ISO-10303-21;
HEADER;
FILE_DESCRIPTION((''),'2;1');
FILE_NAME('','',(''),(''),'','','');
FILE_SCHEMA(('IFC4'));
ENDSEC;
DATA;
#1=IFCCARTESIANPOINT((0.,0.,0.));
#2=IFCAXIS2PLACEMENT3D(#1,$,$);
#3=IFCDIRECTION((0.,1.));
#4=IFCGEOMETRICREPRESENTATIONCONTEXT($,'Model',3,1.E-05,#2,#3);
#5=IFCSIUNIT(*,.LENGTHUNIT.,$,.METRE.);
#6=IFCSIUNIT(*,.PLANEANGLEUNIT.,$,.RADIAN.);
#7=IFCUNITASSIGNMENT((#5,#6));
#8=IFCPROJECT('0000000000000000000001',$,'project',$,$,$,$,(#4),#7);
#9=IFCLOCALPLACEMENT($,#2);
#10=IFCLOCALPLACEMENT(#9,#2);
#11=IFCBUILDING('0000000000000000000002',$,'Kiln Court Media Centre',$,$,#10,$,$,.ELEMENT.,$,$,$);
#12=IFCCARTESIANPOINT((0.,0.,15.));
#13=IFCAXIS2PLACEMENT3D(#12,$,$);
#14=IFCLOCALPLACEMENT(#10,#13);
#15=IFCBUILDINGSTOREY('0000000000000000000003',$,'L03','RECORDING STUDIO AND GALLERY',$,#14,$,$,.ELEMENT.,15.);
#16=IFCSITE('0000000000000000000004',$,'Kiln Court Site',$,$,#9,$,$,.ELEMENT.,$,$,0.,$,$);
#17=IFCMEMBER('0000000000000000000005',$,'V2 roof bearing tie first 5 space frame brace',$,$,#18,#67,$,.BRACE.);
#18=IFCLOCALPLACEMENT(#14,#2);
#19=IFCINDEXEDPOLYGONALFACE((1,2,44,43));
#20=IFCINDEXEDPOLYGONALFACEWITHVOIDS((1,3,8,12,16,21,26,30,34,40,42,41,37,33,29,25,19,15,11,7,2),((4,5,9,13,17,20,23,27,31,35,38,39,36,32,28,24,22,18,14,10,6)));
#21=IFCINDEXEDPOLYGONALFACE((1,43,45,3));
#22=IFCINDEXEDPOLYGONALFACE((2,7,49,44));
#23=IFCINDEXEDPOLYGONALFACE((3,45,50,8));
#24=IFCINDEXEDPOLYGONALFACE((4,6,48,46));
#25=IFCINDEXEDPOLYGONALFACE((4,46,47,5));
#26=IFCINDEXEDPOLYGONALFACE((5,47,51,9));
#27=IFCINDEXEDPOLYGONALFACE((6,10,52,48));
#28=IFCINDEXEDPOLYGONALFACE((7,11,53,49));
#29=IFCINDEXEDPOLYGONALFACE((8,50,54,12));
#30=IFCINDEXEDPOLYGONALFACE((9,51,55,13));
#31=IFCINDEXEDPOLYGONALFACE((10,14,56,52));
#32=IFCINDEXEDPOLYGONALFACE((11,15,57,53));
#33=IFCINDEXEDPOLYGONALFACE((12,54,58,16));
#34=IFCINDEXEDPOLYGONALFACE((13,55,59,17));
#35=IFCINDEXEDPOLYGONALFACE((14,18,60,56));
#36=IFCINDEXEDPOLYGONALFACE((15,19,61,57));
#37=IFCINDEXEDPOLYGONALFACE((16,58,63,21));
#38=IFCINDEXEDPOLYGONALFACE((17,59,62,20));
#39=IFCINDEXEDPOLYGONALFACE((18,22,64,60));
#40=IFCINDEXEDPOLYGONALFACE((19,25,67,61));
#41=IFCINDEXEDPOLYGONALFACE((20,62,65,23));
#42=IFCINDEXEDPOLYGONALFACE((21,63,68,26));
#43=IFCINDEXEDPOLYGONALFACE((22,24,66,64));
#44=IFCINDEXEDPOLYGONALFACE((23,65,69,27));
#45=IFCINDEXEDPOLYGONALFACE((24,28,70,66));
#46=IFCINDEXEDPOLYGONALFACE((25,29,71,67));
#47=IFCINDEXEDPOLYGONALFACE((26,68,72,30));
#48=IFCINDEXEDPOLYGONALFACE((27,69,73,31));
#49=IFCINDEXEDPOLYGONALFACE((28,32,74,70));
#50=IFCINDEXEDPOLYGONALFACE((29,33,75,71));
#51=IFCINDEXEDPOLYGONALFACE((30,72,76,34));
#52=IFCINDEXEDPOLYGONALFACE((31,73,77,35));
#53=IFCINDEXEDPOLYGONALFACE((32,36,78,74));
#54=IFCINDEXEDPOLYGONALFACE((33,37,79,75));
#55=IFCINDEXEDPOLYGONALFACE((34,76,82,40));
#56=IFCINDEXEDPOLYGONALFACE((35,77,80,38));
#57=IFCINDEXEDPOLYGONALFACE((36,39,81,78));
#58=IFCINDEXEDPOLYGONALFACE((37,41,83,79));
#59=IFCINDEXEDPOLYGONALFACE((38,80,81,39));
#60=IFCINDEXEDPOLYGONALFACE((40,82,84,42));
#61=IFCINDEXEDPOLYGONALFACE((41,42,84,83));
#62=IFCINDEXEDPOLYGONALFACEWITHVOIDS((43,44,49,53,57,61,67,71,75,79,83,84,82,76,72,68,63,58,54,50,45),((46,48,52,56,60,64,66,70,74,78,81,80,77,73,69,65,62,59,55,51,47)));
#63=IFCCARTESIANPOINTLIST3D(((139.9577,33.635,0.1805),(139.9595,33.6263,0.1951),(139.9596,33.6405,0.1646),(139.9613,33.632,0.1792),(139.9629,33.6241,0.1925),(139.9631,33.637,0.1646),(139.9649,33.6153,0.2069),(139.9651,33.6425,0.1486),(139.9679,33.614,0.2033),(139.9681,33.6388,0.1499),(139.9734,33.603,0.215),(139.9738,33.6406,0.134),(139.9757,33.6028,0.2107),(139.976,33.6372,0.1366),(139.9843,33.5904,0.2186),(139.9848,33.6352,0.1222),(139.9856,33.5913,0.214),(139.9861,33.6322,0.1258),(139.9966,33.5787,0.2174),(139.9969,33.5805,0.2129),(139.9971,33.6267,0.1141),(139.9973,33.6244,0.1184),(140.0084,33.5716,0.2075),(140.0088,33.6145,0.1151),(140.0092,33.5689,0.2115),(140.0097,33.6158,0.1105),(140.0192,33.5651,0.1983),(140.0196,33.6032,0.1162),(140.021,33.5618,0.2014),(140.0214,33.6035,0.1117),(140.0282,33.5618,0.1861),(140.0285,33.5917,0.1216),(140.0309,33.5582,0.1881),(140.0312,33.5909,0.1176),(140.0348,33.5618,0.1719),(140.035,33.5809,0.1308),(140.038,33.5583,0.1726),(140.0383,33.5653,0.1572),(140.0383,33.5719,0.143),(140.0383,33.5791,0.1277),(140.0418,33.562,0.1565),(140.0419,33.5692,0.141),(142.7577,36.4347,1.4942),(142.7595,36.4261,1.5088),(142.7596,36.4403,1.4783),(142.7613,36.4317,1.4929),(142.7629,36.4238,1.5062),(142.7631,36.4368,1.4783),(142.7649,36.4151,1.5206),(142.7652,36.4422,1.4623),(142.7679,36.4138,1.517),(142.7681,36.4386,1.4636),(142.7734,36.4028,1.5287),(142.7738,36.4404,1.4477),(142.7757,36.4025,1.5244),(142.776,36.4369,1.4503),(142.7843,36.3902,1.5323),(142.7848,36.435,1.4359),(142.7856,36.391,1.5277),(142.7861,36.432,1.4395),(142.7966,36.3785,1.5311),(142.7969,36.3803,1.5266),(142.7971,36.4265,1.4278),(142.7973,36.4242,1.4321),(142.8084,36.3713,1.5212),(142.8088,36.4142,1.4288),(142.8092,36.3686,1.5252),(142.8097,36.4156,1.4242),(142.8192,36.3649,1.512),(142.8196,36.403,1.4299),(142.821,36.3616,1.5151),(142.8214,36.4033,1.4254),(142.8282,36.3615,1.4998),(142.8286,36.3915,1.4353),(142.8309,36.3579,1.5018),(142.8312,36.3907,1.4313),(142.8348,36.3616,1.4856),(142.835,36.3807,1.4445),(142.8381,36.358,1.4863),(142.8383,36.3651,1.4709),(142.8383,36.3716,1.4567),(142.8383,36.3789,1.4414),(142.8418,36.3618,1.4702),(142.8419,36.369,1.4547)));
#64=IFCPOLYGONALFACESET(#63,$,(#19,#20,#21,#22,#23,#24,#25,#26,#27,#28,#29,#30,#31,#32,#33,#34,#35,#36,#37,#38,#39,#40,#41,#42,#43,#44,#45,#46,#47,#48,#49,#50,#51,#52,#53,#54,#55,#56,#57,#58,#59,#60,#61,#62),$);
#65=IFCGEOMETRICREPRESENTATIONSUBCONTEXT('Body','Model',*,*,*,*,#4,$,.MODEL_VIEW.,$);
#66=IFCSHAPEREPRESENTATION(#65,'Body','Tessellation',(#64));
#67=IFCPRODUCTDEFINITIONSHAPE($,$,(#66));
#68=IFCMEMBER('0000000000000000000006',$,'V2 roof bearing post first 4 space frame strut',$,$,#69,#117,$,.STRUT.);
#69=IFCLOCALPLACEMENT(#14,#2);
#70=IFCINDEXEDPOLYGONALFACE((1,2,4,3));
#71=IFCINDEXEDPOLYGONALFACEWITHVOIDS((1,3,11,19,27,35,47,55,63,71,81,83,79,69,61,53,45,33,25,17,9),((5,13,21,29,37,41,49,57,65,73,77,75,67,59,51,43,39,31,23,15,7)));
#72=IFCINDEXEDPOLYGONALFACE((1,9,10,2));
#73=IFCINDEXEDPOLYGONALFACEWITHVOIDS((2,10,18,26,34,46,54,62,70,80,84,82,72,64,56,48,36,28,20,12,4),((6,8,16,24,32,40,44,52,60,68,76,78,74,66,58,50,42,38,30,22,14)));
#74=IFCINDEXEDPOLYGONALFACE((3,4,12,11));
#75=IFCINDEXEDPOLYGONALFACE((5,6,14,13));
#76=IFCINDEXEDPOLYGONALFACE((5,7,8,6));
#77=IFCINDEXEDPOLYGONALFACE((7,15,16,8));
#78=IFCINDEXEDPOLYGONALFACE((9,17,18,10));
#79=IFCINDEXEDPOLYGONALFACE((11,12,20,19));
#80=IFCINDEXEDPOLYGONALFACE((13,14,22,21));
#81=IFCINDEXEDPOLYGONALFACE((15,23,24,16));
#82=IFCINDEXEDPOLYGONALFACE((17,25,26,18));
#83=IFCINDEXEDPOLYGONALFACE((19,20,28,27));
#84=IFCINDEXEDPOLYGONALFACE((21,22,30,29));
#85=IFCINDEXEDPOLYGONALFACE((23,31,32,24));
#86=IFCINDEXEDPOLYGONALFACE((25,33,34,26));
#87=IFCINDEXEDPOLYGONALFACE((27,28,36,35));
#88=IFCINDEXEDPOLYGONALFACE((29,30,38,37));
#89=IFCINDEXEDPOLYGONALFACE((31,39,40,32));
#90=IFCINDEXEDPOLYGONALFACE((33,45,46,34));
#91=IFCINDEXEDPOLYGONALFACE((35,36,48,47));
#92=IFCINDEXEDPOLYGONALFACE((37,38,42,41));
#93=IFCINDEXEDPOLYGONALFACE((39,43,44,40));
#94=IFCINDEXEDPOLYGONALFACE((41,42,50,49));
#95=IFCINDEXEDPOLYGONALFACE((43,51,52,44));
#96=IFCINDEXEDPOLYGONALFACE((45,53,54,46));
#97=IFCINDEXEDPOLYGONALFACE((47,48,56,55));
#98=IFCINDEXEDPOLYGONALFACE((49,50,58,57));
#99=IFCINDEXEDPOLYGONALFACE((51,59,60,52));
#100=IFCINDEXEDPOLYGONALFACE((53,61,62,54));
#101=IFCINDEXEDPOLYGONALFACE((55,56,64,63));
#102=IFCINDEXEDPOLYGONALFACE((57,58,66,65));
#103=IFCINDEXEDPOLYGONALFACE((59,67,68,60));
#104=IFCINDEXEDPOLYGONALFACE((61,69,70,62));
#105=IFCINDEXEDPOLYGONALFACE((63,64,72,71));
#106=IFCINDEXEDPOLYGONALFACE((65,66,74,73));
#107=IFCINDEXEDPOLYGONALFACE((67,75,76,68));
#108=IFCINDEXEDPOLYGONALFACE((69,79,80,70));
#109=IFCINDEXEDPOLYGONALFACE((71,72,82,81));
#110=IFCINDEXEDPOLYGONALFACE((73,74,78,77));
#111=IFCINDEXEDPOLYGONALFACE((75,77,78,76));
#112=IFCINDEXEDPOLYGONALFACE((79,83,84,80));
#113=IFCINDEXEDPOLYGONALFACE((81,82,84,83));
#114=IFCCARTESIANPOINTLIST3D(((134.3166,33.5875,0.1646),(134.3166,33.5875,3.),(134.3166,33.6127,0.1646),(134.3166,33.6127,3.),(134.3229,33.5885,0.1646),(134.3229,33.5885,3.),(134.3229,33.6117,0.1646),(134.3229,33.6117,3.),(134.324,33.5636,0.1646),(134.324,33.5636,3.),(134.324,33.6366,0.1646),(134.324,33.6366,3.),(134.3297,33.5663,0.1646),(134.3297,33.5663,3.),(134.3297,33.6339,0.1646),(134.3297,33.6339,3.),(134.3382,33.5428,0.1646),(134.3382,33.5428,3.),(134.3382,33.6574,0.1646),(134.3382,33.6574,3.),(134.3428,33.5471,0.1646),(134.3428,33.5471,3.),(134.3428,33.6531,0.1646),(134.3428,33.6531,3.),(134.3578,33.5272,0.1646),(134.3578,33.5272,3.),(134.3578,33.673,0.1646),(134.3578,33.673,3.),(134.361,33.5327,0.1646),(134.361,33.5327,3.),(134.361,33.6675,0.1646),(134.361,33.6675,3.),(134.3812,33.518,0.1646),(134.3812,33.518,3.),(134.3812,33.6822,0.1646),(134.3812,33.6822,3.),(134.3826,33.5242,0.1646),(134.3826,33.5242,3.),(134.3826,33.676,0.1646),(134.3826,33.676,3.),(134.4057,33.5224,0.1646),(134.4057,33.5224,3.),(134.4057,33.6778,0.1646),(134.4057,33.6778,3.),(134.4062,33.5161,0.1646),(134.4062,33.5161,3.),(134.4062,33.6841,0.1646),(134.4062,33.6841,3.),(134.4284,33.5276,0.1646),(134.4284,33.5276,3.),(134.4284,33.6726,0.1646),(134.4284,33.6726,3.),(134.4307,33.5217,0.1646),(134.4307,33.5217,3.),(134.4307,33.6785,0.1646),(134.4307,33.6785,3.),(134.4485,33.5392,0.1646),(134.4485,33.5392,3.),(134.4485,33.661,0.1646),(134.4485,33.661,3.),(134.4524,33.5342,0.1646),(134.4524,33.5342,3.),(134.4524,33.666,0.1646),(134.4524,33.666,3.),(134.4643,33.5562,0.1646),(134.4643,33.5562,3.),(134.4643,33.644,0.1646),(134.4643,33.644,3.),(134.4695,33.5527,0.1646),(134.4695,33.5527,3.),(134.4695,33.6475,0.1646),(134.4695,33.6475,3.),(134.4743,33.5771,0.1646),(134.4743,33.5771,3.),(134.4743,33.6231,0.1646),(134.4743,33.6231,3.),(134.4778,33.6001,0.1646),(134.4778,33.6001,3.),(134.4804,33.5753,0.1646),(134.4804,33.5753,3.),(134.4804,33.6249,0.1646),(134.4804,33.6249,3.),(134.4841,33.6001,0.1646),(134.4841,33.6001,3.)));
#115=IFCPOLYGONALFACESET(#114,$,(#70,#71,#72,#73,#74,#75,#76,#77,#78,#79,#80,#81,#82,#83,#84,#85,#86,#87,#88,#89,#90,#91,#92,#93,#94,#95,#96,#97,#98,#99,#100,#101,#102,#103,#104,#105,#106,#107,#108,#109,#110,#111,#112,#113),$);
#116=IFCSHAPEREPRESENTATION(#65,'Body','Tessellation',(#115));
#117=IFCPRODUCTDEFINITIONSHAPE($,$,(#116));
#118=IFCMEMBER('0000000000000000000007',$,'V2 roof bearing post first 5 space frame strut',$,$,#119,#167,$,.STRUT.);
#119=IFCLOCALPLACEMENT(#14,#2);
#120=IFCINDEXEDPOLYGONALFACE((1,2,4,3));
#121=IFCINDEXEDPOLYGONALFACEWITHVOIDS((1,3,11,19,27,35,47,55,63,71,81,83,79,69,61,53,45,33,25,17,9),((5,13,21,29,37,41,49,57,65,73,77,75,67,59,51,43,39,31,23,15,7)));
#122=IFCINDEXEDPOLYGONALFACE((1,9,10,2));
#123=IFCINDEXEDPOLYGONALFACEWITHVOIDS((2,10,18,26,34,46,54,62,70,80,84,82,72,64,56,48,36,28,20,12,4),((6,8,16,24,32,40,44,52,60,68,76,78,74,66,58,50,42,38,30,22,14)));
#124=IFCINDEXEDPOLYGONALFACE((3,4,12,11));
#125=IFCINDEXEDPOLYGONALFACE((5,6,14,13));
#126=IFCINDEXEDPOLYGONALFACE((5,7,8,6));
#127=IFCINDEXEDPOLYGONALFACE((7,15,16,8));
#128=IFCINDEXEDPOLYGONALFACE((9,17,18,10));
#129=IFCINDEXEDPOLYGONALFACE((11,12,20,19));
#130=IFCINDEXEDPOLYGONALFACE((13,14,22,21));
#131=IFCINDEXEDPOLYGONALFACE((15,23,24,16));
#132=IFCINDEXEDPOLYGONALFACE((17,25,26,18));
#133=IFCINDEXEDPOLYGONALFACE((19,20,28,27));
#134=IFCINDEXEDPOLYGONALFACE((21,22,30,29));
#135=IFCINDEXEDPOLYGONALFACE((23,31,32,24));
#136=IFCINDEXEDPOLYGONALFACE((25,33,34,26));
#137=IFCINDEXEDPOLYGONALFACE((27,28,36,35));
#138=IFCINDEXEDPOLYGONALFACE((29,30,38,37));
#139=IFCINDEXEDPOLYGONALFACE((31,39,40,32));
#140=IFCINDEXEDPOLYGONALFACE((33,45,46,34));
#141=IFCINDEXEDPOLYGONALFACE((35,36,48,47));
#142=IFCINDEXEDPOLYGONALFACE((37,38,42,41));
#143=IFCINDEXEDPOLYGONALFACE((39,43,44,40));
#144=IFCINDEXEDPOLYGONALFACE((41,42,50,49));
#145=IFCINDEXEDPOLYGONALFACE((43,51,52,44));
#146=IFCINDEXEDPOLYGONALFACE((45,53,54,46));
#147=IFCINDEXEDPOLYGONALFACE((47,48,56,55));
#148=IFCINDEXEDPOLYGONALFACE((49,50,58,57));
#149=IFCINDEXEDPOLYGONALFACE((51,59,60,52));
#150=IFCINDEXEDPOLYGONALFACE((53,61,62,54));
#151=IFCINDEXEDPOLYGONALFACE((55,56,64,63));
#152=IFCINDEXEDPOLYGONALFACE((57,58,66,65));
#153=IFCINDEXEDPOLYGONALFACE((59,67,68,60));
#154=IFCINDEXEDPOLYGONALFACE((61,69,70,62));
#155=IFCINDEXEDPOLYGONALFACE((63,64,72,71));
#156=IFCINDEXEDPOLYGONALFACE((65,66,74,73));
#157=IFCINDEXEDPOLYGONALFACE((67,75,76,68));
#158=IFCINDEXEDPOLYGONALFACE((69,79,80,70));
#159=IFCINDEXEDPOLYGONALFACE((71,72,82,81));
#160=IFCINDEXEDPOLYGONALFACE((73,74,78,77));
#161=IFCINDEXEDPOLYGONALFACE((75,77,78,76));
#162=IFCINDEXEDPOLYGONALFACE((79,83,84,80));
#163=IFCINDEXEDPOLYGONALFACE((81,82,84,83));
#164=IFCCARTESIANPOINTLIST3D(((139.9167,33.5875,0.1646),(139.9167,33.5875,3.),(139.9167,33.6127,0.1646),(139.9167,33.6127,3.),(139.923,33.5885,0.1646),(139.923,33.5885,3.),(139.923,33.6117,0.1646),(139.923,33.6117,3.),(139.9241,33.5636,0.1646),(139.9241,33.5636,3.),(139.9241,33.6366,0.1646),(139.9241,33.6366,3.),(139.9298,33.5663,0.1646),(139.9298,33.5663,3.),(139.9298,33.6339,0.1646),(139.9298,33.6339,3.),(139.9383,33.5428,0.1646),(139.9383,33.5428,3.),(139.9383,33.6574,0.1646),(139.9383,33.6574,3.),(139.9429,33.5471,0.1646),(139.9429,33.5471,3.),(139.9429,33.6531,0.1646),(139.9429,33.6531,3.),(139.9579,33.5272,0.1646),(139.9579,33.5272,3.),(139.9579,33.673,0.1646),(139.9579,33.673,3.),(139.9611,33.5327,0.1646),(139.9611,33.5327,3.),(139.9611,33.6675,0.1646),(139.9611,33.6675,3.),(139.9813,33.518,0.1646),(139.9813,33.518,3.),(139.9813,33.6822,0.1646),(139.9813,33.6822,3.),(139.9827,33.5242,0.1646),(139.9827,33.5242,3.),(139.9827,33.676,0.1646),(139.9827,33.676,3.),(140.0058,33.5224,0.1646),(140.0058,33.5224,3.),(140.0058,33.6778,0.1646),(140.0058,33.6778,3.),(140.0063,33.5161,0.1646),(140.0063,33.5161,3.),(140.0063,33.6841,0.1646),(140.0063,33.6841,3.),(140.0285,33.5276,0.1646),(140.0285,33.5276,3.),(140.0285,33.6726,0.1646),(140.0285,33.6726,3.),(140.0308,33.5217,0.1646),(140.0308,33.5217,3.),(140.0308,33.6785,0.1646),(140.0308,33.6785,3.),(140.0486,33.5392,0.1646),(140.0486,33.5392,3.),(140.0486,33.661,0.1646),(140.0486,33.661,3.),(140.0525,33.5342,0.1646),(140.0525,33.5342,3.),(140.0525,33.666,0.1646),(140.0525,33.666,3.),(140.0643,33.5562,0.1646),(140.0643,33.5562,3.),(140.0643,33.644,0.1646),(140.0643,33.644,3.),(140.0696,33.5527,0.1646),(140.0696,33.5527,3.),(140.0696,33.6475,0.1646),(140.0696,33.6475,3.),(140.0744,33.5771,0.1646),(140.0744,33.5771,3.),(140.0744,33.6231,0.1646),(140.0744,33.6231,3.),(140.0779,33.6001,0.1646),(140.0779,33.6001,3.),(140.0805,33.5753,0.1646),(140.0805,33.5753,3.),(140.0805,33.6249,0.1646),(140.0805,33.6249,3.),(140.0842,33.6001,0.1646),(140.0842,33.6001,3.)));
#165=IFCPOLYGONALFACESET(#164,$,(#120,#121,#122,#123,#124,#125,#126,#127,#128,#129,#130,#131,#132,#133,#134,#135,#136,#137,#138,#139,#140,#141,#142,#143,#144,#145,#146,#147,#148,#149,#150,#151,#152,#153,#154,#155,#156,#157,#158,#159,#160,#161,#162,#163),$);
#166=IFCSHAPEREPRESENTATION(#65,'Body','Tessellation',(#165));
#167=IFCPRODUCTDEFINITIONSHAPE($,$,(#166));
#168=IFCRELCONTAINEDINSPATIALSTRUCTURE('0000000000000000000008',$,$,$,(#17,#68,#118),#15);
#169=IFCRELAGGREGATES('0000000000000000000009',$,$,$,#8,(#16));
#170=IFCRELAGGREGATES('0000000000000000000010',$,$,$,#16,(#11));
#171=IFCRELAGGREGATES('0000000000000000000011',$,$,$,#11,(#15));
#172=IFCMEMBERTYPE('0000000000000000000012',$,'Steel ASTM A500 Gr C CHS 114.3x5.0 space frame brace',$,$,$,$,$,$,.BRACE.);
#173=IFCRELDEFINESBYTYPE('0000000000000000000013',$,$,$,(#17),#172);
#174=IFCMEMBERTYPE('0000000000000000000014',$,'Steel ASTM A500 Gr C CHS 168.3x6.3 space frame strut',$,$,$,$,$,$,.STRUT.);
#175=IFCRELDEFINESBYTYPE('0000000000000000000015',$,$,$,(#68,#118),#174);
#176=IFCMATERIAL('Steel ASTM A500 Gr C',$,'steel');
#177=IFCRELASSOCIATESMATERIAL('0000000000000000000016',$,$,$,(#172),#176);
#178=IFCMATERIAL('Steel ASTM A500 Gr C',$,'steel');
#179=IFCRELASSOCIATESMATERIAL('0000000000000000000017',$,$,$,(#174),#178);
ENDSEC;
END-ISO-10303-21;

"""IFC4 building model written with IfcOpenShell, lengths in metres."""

from ifc_helpers import new_model, si_unit, direction, frame, origin, origin_2d, place, context, subcontext, project, spatial, hollow_circle, extrude, material, material_profile, profile_set, type_object, element, save


model = new_model("IFC4")

# Units and contexts
model_context = context("Model", 3, precision=1e-05, world=origin(), true_north=direction((0.0, 1.0)))
body_context = subcontext(model_context, "Body", "Model", "MODEL_VIEW")
ifc_project = project(units=[si_unit("LENGTHUNIT", "METRE"), si_unit("PLANEANGLEUNIT", "RADIAN")], contexts=[model_context])

# Site, building, storey
site_placement = place(None, origin())
site = spatial("IfcSite", under=ifc_project, at=site_placement, Name="Kiln Court Site", CompositionType="ELEMENT", RefElevation=0.0)
building_placement = place(site_placement, origin())
building = spatial("IfcBuilding", under=site, at=building_placement, Name="Kiln Court Media Centre", CompositionType="ELEMENT")
storey_placement = place(building_placement, frame((0.0, 0.0, 15.0)))
storey = spatial("IfcBuildingStorey", under=building, at=storey_placement, Name="L03", Description="RECORDING STUDIO AND GALLERY", CompositionType="ELEMENT", Elevation=15.0)

# Members
ifc_material_1 = material(Name="Steel ASTM A500 Gr C", Category="steel")
ifc_material_profile_1 = material_profile(ifc_material_1, hollow_circle(Radius=0.0571, WallThickness=0.0049, at=origin_2d()), Name="CHS 114.3x5.0")
ifc_profile_set_1 = profile_set([ifc_material_profile_1], Name="Steel ASTM A500 Gr C")
member_type_1 = type_object("IfcMemberType", Name="Steel ASTM A500 Gr C CHS 114.3x5.0 space frame brace", PredefinedType="BRACE", material=ifc_profile_set_1)
for number, where, z_axis, x_axis, name in (
    (1, (140.0, 33.6001, 0.1646), (0.671163, 0.671105, 0.314895), (-0.707076, 0.707138, 0.0), "V2 roof bearing tie first 5 space frame brace"),
):
    element("IfcMember", number, at=place(storey_placement, frame(where, z_axis=z_axis, x_axis=x_axis)), inside=storey, type_object=member_type_1, Name=name, PredefinedType="BRACE", context=body_context, shape_type="SweptSolid", body=[
        extrude(hollow_circle(Radius=0.0571, WallThickness=0.0049, at=origin_2d()), origin(), (0.0, 0.0, 1.0), 4.1719),
    ])
ifc_material_2 = material(Name="Steel ASTM A500 Gr C", Category="steel")
ifc_material_profile_2 = material_profile(ifc_material_2, hollow_circle(Radius=0.0842, WallThickness=0.0063, at=origin_2d()), Name="CHS 168.3x6.3")
ifc_profile_set_2 = profile_set([ifc_material_profile_2], Name="Steel ASTM A500 Gr C")
member_type_2 = type_object("IfcMemberType", Name="Steel ASTM A500 Gr C CHS 168.3x6.3 space frame strut", PredefinedType="STRUT", material=ifc_profile_set_2)
for number, where, z_axis, x_axis, name in (
    (2, (134.3999, 33.6001, 0.1646), (0.0, 0.0, 1.0), (1.0, 0.0, 0.0), "V2 roof bearing post first 4 space frame strut"),
    (3, (140.0, 33.6001, 0.1646), (0.0, 0.0, 1.0), (1.0, 0.0, 0.0), "V2 roof bearing post first 5 space frame strut"),
):
    element("IfcMember", number, at=place(storey_placement, frame(where, z_axis=z_axis, x_axis=x_axis)), inside=storey, type_object=member_type_2, Name=name, PredefinedType="STRUT", context=body_context, shape_type="SweptSolid", body=[
        extrude(hollow_circle(Radius=0.0842, WallThickness=0.0063, at=origin_2d()), origin(), (0.0, 0.0, 1.0), 2.8354),
    ])

save(model, "model.ifc")
